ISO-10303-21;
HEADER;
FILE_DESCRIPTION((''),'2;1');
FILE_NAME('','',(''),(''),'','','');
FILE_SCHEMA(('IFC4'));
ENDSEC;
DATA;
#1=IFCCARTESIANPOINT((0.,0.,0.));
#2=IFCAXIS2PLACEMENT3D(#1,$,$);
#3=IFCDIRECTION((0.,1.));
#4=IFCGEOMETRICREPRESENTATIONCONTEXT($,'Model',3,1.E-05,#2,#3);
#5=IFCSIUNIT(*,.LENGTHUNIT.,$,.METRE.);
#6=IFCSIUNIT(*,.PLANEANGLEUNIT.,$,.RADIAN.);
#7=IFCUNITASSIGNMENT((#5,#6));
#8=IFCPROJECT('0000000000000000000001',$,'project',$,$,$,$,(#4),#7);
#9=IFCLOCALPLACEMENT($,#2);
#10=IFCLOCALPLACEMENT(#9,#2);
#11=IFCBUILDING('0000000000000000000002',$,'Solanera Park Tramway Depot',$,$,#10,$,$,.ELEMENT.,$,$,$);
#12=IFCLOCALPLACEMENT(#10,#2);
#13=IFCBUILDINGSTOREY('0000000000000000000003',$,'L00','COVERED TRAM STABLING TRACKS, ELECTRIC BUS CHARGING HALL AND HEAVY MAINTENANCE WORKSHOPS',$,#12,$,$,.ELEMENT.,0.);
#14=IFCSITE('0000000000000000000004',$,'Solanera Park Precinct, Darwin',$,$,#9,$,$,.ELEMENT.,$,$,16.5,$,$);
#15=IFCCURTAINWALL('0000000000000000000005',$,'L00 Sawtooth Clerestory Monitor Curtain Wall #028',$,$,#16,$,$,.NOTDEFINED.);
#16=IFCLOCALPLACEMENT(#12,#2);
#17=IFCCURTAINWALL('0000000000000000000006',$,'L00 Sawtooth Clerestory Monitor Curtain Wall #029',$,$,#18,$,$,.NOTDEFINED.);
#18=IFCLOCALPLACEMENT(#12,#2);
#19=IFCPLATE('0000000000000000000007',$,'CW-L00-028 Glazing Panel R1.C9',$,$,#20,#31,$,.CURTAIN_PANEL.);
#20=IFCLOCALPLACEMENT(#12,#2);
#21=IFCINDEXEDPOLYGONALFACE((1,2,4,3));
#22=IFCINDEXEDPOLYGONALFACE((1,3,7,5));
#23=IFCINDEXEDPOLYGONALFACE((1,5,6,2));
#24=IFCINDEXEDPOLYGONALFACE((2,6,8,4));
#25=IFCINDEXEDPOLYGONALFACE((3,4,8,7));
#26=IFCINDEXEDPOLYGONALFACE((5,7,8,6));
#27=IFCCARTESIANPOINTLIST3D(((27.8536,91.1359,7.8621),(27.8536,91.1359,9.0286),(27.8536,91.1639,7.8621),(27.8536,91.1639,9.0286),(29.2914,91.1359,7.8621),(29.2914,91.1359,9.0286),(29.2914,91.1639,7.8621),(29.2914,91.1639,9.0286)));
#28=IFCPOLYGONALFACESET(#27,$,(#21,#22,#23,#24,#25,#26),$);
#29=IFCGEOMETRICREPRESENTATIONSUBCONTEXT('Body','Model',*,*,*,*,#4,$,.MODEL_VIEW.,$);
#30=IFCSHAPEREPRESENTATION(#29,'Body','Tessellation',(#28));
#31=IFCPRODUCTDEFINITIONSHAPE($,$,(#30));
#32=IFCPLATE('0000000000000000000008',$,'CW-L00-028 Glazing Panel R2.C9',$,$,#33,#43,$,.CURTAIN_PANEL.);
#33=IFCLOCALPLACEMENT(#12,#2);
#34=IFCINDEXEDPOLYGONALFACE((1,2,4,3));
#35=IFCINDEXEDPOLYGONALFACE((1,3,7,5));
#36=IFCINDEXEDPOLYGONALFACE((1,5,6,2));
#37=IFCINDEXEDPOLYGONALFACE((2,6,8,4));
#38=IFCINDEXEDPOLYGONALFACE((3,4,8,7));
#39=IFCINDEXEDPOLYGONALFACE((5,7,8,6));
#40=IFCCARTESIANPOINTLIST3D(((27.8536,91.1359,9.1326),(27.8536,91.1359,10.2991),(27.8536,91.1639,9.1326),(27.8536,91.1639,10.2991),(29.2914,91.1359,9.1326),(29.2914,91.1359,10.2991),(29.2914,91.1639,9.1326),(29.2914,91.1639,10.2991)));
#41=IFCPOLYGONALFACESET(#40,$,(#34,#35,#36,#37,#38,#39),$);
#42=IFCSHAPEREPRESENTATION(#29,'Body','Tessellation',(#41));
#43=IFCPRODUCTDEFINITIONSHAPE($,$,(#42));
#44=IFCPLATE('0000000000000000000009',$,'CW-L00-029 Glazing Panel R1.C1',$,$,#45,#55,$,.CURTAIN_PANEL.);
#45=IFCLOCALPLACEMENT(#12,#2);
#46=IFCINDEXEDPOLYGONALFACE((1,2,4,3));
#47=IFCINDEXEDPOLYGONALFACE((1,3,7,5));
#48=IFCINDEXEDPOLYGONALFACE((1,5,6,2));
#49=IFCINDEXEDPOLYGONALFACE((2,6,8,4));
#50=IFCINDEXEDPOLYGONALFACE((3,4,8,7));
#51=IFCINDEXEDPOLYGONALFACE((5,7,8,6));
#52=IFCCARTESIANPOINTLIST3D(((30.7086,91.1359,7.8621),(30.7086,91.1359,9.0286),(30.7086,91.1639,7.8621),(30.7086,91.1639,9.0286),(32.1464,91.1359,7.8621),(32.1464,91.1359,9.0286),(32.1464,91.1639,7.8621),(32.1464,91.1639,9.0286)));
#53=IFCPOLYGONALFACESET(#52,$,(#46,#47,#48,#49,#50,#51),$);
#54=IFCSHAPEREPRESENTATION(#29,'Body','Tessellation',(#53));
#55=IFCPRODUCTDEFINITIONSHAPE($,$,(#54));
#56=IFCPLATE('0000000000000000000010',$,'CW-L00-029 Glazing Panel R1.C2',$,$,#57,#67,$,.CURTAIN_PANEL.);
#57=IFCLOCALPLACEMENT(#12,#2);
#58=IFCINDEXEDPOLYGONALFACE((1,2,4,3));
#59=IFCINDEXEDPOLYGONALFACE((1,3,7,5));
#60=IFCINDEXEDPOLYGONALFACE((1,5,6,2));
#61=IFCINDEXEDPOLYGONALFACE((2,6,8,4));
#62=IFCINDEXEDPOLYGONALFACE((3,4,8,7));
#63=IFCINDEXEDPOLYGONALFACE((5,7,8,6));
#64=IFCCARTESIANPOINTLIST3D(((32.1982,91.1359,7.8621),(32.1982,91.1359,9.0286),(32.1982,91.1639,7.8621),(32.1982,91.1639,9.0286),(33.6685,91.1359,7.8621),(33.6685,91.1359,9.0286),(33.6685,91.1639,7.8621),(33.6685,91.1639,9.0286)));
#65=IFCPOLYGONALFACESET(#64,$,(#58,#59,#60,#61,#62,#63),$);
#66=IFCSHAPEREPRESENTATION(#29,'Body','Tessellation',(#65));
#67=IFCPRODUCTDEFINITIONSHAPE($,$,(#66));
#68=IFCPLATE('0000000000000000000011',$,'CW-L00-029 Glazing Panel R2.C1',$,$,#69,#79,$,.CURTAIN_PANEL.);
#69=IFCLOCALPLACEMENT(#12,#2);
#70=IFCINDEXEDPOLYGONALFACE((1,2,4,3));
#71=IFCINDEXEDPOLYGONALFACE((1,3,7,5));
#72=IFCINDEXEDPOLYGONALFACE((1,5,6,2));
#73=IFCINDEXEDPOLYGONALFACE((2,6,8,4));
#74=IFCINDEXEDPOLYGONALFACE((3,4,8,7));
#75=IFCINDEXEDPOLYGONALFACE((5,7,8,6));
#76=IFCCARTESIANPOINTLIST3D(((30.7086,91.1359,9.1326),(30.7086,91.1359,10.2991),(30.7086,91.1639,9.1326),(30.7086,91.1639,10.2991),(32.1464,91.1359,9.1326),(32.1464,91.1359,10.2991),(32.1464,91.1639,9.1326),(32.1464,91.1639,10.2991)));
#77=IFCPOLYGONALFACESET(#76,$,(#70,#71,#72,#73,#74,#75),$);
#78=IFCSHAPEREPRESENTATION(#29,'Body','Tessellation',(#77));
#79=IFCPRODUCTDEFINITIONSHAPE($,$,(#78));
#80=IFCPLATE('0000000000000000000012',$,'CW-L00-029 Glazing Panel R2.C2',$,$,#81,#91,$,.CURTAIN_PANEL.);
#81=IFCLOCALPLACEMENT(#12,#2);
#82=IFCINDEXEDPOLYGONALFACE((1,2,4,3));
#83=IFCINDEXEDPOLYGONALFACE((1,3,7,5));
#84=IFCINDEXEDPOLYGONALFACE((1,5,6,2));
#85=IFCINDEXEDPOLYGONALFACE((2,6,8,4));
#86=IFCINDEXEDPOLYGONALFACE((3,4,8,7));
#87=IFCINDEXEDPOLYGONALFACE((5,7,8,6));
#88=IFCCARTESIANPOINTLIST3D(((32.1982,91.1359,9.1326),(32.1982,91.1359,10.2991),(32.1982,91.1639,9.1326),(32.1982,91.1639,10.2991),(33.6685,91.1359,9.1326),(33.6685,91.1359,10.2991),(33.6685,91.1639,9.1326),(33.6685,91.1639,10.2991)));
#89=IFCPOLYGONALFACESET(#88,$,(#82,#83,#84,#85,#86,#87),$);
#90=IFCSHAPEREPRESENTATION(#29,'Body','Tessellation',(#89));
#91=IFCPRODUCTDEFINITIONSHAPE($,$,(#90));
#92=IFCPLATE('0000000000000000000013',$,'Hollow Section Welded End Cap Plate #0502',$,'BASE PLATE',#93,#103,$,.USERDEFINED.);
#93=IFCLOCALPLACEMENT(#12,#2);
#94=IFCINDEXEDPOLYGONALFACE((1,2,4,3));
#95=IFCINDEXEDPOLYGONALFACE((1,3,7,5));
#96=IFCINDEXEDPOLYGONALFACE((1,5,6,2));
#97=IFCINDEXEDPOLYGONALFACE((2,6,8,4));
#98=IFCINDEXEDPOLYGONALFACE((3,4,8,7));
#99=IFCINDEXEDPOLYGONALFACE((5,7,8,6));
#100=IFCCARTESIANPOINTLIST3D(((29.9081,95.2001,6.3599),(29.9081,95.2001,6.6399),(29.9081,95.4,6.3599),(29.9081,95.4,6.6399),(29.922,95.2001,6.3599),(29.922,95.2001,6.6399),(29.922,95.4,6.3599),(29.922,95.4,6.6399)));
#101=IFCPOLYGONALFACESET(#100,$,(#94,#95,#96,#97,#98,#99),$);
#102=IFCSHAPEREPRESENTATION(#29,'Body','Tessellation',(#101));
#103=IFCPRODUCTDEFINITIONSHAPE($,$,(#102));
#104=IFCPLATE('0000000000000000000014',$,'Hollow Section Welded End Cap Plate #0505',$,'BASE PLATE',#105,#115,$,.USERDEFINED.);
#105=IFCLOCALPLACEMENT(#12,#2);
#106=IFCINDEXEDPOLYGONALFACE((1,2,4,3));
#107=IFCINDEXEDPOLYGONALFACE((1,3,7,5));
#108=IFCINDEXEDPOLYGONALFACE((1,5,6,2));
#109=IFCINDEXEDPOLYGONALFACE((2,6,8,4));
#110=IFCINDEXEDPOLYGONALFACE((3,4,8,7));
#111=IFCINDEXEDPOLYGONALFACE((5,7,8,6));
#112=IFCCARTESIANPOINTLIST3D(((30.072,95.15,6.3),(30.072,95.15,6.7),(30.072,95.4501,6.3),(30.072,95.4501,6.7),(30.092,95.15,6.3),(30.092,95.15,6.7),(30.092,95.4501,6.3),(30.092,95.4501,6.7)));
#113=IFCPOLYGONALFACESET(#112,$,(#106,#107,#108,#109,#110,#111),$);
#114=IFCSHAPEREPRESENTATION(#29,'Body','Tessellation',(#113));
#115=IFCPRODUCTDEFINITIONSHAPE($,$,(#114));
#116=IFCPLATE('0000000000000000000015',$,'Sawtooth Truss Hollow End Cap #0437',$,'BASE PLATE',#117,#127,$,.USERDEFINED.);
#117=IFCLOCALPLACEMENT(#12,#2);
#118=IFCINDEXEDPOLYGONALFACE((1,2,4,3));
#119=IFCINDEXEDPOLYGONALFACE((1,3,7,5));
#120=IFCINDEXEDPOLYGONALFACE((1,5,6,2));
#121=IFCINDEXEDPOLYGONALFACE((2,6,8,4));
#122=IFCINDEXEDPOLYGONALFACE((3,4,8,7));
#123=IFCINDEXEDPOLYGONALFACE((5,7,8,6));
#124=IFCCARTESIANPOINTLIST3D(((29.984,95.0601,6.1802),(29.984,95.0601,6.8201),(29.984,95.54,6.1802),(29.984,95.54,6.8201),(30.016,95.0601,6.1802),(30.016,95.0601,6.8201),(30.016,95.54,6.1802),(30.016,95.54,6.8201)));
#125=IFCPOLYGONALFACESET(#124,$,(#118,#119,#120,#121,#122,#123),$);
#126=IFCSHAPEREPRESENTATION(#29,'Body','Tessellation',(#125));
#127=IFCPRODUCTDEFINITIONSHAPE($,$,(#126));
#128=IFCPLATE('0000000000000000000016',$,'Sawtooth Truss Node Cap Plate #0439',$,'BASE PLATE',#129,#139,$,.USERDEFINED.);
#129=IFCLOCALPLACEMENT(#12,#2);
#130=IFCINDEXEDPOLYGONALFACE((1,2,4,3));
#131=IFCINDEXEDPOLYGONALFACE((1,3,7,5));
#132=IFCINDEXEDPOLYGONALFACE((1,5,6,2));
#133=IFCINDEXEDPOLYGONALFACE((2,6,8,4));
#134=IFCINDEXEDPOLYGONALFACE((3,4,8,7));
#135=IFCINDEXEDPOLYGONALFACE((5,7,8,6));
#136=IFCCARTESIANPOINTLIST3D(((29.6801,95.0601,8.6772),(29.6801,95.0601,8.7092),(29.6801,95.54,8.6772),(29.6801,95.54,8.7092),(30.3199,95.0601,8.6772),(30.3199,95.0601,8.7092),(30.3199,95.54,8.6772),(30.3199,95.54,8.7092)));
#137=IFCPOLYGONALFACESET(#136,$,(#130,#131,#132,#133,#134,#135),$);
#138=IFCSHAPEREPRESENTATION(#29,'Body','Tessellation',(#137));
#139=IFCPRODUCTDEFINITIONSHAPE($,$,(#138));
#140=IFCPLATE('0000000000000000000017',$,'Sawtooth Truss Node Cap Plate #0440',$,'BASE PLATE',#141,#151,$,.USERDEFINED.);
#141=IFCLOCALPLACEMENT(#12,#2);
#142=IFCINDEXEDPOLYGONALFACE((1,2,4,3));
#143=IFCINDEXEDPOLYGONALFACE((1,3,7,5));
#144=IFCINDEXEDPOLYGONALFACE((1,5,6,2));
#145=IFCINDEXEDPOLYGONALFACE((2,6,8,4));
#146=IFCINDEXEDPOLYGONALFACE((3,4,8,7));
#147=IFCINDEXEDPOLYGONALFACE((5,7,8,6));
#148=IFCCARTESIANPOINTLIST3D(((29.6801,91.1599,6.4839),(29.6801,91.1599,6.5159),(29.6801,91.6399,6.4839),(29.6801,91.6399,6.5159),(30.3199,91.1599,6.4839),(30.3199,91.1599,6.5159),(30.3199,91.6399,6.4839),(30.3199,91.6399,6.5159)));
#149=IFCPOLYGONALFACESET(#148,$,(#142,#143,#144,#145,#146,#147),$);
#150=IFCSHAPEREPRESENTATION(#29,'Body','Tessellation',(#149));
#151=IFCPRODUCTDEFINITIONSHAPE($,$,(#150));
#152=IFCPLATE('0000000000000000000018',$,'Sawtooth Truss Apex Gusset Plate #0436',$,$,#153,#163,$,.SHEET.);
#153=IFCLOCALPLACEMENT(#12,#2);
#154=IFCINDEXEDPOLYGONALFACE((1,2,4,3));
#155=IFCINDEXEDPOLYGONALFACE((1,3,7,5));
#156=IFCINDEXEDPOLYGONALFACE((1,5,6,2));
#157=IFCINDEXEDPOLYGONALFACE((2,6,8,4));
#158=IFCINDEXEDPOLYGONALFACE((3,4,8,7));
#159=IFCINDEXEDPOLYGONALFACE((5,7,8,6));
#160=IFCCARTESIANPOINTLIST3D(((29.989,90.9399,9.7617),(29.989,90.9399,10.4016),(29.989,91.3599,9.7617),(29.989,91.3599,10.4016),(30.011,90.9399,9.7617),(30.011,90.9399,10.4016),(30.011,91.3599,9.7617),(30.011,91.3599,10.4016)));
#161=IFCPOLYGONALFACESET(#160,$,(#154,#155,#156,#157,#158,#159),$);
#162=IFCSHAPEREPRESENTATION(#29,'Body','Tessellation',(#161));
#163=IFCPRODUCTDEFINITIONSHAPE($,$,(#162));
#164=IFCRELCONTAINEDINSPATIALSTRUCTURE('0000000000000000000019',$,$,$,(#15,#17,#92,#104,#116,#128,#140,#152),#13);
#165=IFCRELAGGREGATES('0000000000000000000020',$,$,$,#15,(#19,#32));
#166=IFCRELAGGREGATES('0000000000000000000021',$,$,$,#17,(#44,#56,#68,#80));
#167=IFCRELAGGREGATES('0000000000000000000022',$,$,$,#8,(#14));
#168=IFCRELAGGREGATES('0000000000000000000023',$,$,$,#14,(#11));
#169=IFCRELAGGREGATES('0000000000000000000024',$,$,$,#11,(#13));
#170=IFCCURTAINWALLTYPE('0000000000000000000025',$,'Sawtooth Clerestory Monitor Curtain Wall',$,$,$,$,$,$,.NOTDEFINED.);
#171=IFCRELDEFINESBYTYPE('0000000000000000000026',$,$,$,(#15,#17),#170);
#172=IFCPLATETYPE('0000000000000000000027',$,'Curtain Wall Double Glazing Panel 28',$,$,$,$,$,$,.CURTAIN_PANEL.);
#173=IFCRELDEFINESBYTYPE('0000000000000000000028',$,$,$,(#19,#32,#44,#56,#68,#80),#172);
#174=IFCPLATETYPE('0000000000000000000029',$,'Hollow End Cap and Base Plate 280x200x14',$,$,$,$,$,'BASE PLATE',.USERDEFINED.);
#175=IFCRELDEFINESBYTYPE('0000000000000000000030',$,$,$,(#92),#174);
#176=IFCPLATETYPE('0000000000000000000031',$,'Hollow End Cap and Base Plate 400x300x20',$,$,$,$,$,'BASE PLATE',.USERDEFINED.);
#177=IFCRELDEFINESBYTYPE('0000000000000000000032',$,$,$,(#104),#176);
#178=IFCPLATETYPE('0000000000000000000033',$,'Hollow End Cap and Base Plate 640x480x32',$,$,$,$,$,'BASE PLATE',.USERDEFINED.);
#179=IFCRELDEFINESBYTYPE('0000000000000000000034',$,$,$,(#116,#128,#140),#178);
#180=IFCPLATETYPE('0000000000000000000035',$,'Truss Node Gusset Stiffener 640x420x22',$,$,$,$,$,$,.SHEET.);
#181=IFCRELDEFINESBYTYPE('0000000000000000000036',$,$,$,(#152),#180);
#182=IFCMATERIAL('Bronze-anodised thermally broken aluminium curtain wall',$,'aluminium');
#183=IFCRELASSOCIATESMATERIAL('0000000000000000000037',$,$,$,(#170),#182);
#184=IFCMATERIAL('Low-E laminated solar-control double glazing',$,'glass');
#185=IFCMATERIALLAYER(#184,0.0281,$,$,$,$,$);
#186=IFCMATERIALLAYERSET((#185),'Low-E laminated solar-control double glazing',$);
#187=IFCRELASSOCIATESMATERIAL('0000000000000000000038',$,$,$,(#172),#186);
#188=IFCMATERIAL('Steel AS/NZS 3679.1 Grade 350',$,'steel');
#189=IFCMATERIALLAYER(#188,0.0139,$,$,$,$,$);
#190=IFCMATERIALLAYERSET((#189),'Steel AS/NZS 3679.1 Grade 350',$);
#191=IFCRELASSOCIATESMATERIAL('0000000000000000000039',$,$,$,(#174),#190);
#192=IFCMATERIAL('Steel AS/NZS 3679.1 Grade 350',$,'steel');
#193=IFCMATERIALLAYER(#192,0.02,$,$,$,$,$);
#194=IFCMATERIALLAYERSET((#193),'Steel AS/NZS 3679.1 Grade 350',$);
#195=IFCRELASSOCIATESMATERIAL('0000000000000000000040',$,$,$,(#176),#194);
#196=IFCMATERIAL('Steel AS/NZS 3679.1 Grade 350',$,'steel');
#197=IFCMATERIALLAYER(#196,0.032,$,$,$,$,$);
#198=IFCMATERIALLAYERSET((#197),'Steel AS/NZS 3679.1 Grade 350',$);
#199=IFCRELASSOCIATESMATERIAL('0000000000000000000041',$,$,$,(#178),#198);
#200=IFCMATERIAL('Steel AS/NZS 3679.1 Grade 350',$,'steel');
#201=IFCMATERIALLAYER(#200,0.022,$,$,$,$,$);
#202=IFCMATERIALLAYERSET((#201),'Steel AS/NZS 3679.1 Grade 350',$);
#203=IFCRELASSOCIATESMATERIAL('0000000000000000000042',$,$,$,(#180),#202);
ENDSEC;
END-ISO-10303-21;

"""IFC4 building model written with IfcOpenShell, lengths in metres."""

from ifc_helpers import new_model, si_unit, direction, frame, origin, origin_2d, place, context, subcontext, project, spatial, rectangle, extrude, material, layer, layer_set, type_object, element, aggregate, save


model = new_model("IFC4")

# Units and contexts
model_context = context("Model", 3, precision=1e-05, world=origin(), true_north=direction((0.0, 1.0)))
body_context = subcontext(model_context, "Body", "Model", "MODEL_VIEW")
ifc_project = project(units=[si_unit("LENGTHUNIT", "METRE"), si_unit("PLANEANGLEUNIT", "RADIAN")], contexts=[model_context])

# Site, building, storey
site_placement = place(None, origin())
site = spatial("IfcSite", under=ifc_project, at=site_placement, Name="Solanera Park Precinct, Darwin", CompositionType="ELEMENT", RefElevation=16.5)
building_placement = place(site_placement, origin())
building = spatial("IfcBuilding", under=site, at=building_placement, Name="Solanera Park Tramway Depot", CompositionType="ELEMENT")
storey_placement = place(building_placement, origin())
storey = spatial("IfcBuildingStorey", under=building, at=storey_placement, Name="L00", Description="COVERED TRAM STABLING TRACKS, ELECTRIC BUS CHARGING HALL AND HEAVY MAINTENANCE WORKSHOPS", CompositionType="ELEMENT", Elevation=0.0)

# Curtain wall
ifc_material_1 = material(Name="Bronze-anodised thermally broken aluminium curtain wall", Category="aluminium")
curtain_wall_type = type_object("IfcCurtainWallType", Name="Sawtooth Clerestory Monitor Curtain Wall", PredefinedType="NOTDEFINED", material=ifc_material_1)
curtain_wall_1_placement = place(storey_placement, origin())
curtain_wall_1 = element("IfcCurtainWall", 1, at=curtain_wall_1_placement, inside=storey, type_object=curtain_wall_type, Name="L00 Sawtooth Clerestory Monitor Curtain Wall #028", PredefinedType="NOTDEFINED")

# Curtain wall
curtain_wall_2_placement = place(storey_placement, origin())
curtain_wall_2 = element("IfcCurtainWall", 2, at=curtain_wall_2_placement, inside=storey, type_object=curtain_wall_type, Name="L00 Sawtooth Clerestory Monitor Curtain Wall #029", PredefinedType="NOTDEFINED")

# Plates
ifc_material_2 = material(Name="Low-E laminated solar-control double glazing", Category="glass")
ifc_layer_1 = layer(ifc_material_2, 0.0281)
ifc_layer_set_1 = layer_set([ifc_layer_1], Name="Low-E laminated solar-control double glazing")
plate_type_1 = type_object("IfcPlateType", Name="Curtain Wall Double Glazing Panel 28", PredefinedType="CURTAIN_PANEL", material=ifc_layer_set_1)
plate_1_placement = place(storey_placement, frame((28.5725, 91.1499, 7.8621), z_axis=(0.0, 0.0, 1.0), x_axis=(1.0, 0.0, 0.0)))
plate_1 = element("IfcPlate", 3, at=plate_1_placement, type_object=plate_type_1, Name="CW-L00-028 Glazing Panel R1.C9", PredefinedType="CURTAIN_PANEL", context=body_context, shape_type="SweptSolid", body=[
    extrude(rectangle(XDim=1.4377, YDim=0.0281, at=origin_2d()), origin(), (0.0, 0.0, 1.0), 1.1665),
])
plate_2_placement = place(storey_placement, frame((28.5725, 91.1499, 9.1326), z_axis=(0.0, 0.0, 1.0), x_axis=(1.0, 0.0, 0.0)))
plate_2 = element("IfcPlate", 4, at=plate_2_placement, type_object=plate_type_1, Name="CW-L00-028 Glazing Panel R2.C9", PredefinedType="CURTAIN_PANEL", context=body_context, shape_type="SweptSolid", body=[
    extrude(rectangle(XDim=1.4377, YDim=0.0281, at=origin_2d()), origin(), (0.0, 0.0, 1.0), 1.1665),
])
aggregate(curtain_wall_1, [plate_1, plate_2])
plate_3_placement = place(storey_placement, frame((31.4275, 91.1499, 7.8621), z_axis=(0.0, 0.0, 1.0), x_axis=(1.0, 0.0, 0.0)))
plate_3 = element("IfcPlate", 5, at=plate_3_placement, type_object=plate_type_1, Name="CW-L00-029 Glazing Panel R1.C1", PredefinedType="CURTAIN_PANEL", context=body_context, shape_type="SweptSolid", body=[
    extrude(rectangle(XDim=1.4377, YDim=0.0281, at=origin_2d()), origin(), (0.0, 0.0, 1.0), 1.1665),
])
plate_4_placement = place(storey_placement, frame((32.9333, 91.1499, 7.8621), z_axis=(0.0, 0.0, 1.0), x_axis=(1.0, 0.0, 0.0)))
plate_4 = element("IfcPlate", 6, at=plate_4_placement, type_object=plate_type_1, Name="CW-L00-029 Glazing Panel R1.C2", PredefinedType="CURTAIN_PANEL", context=body_context, shape_type="SweptSolid", body=[
    extrude(rectangle(XDim=1.4702, YDim=0.0281, at=origin_2d()), origin(), (0.0, 0.0, 1.0), 1.1665),
])
plate_5_placement = place(storey_placement, frame((31.4275, 91.1499, 9.1326), z_axis=(0.0, 0.0, 1.0), x_axis=(1.0, 0.0, 0.0)))
plate_5 = element("IfcPlate", 7, at=plate_5_placement, type_object=plate_type_1, Name="CW-L00-029 Glazing Panel R2.C1", PredefinedType="CURTAIN_PANEL", context=body_context, shape_type="SweptSolid", body=[
    extrude(rectangle(XDim=1.4377, YDim=0.0281, at=origin_2d()), origin(), (0.0, 0.0, 1.0), 1.1665),
])
plate_6_placement = place(storey_placement, frame((32.9333, 91.1499, 9.1326), z_axis=(0.0, 0.0, 1.0), x_axis=(1.0, 0.0, 0.0)))
plate_6 = element("IfcPlate", 8, at=plate_6_placement, type_object=plate_type_1, Name="CW-L00-029 Glazing Panel R2.C2", PredefinedType="CURTAIN_PANEL", context=body_context, shape_type="SweptSolid", body=[
    extrude(rectangle(XDim=1.4702, YDim=0.0281, at=origin_2d()), origin(), (0.0, 0.0, 1.0), 1.1665),
])
aggregate(curtain_wall_2, [plate_3, plate_4, plate_5, plate_6])

# Plates
ifc_material_3 = material(Name="Steel AS/NZS 3679.1 Grade 350", Category="steel")
ifc_layer_2 = layer(ifc_material_3, 0.0139)
ifc_layer_set_2 = layer_set([ifc_layer_2], Name="Steel AS/NZS 3679.1 Grade 350")
plate_type_2 = type_object("IfcPlateType", Name="Hollow End Cap and Base Plate 280x200x14", ElementType="BASE PLATE", PredefinedType="USERDEFINED", material=ifc_layer_set_2)
plate_7_placement = place(storey_placement, frame((29.915, 95.3, 6.3599), z_axis=(0.0, 0.0, 1.0), x_axis=(1.0, 0.0, 0.0)))
element("IfcPlate", 9, at=plate_7_placement, inside=storey, type_object=plate_type_2, Name="Hollow Section Welded End Cap Plate #0502", ObjectType="BASE PLATE", PredefinedType="USERDEFINED", context=body_context, shape_type="SweptSolid", body=[
    extrude(rectangle(XDim=0.0139, YDim=0.2, at=origin_2d()), origin(), (0.0, 0.0, 1.0), 0.28),
])
ifc_material_4 = material(Name="Steel AS/NZS 3679.1 Grade 350", Category="steel")
ifc_layer_3 = layer(ifc_material_4, 0.02)
ifc_layer_set_3 = layer_set([ifc_layer_3], Name="Steel AS/NZS 3679.1 Grade 350")
plate_type_3 = type_object("IfcPlateType", Name="Hollow End Cap and Base Plate 400x300x20", ElementType="BASE PLATE", PredefinedType="USERDEFINED", material=ifc_layer_set_3)
plate_8_placement = place(storey_placement, frame((30.082, 95.3, 6.3), z_axis=(0.0, 0.0, 1.0), x_axis=(1.0, 0.0, 0.0)))
element("IfcPlate", 10, at=plate_8_placement, inside=storey, type_object=plate_type_3, Name="Hollow Section Welded End Cap Plate #0505", ObjectType="BASE PLATE", PredefinedType="USERDEFINED", context=body_context, shape_type="SweptSolid", body=[
    extrude(rectangle(XDim=0.02, YDim=0.3, at=origin_2d()), origin(), (0.0, 0.0, 1.0), 0.3999),
])
ifc_material_5 = material(Name="Steel AS/NZS 3679.1 Grade 350", Category="steel")
ifc_layer_4 = layer(ifc_material_5, 0.032)
ifc_layer_set_4 = layer_set([ifc_layer_4], Name="Steel AS/NZS 3679.1 Grade 350")
plate_type_4 = type_object("IfcPlateType", Name="Hollow End Cap and Base Plate 640x480x32", ElementType="BASE PLATE", PredefinedType="USERDEFINED", material=ifc_layer_set_4)
plate_9_placement = place(storey_placement, frame((30.0, 95.3, 6.1802), z_axis=(0.0, 0.0, 1.0), x_axis=(1.0, 0.0, 0.0)))
element("IfcPlate", 11, at=plate_9_placement, inside=storey, type_object=plate_type_4, Name="Sawtooth Truss Hollow End Cap #0437", ObjectType="BASE PLATE", PredefinedType="USERDEFINED", context=body_context, shape_type="SweptSolid", body=[
    extrude(rectangle(XDim=0.032, YDim=0.48, at=origin_2d()), origin(), (0.0, 0.0, 1.0), 0.6399),
])
for number, where, z_axis, x_axis, name in (
    (12, (30.0, 95.3, 8.6772), (0.0, 0.0, 1.0), (1.0, 0.0, 0.0), "Sawtooth Truss Node Cap Plate #0439"),
    (13, (30.0, 91.3999, 6.4839), (0.0, 0.0, 1.0), (1.0, 0.0, 0.0), "Sawtooth Truss Node Cap Plate #0440"),
):
    element("IfcPlate", number, at=place(storey_placement, frame(where, z_axis=z_axis, x_axis=x_axis)), inside=storey, type_object=plate_type_4, Name=name, ObjectType="BASE PLATE", PredefinedType="USERDEFINED", context=body_context, shape_type="SweptSolid", body=[
        extrude(rectangle(XDim=0.6399, YDim=0.48, at=origin_2d()), origin(), (0.0, 0.0, 1.0), 0.032),
    ])
ifc_material_6 = material(Name="Steel AS/NZS 3679.1 Grade 350", Category="steel")
ifc_layer_5 = layer(ifc_material_6, 0.022)
ifc_layer_set_5 = layer_set([ifc_layer_5], Name="Steel AS/NZS 3679.1 Grade 350")
plate_type_5 = type_object("IfcPlateType", Name="Truss Node Gusset Stiffener 640x420x22", PredefinedType="SHEET", material=ifc_layer_set_5)
plate_10_placement = place(storey_placement, frame((30.0, 91.1499, 9.7617), z_axis=(0.0, 0.0, 1.0), x_axis=(1.0, 0.0, 0.0)))
element("IfcPlate", 14, at=plate_10_placement, inside=storey, type_object=plate_type_5, Name="Sawtooth Truss Apex Gusset Plate #0436", PredefinedType="SHEET", context=body_context, shape_type="SweptSolid", body=[
    extrude(rectangle(XDim=0.022, YDim=0.4199, at=origin_2d()), origin(), (0.0, 0.0, 1.0), 0.6399),
])

save(model, "model.ifc")
